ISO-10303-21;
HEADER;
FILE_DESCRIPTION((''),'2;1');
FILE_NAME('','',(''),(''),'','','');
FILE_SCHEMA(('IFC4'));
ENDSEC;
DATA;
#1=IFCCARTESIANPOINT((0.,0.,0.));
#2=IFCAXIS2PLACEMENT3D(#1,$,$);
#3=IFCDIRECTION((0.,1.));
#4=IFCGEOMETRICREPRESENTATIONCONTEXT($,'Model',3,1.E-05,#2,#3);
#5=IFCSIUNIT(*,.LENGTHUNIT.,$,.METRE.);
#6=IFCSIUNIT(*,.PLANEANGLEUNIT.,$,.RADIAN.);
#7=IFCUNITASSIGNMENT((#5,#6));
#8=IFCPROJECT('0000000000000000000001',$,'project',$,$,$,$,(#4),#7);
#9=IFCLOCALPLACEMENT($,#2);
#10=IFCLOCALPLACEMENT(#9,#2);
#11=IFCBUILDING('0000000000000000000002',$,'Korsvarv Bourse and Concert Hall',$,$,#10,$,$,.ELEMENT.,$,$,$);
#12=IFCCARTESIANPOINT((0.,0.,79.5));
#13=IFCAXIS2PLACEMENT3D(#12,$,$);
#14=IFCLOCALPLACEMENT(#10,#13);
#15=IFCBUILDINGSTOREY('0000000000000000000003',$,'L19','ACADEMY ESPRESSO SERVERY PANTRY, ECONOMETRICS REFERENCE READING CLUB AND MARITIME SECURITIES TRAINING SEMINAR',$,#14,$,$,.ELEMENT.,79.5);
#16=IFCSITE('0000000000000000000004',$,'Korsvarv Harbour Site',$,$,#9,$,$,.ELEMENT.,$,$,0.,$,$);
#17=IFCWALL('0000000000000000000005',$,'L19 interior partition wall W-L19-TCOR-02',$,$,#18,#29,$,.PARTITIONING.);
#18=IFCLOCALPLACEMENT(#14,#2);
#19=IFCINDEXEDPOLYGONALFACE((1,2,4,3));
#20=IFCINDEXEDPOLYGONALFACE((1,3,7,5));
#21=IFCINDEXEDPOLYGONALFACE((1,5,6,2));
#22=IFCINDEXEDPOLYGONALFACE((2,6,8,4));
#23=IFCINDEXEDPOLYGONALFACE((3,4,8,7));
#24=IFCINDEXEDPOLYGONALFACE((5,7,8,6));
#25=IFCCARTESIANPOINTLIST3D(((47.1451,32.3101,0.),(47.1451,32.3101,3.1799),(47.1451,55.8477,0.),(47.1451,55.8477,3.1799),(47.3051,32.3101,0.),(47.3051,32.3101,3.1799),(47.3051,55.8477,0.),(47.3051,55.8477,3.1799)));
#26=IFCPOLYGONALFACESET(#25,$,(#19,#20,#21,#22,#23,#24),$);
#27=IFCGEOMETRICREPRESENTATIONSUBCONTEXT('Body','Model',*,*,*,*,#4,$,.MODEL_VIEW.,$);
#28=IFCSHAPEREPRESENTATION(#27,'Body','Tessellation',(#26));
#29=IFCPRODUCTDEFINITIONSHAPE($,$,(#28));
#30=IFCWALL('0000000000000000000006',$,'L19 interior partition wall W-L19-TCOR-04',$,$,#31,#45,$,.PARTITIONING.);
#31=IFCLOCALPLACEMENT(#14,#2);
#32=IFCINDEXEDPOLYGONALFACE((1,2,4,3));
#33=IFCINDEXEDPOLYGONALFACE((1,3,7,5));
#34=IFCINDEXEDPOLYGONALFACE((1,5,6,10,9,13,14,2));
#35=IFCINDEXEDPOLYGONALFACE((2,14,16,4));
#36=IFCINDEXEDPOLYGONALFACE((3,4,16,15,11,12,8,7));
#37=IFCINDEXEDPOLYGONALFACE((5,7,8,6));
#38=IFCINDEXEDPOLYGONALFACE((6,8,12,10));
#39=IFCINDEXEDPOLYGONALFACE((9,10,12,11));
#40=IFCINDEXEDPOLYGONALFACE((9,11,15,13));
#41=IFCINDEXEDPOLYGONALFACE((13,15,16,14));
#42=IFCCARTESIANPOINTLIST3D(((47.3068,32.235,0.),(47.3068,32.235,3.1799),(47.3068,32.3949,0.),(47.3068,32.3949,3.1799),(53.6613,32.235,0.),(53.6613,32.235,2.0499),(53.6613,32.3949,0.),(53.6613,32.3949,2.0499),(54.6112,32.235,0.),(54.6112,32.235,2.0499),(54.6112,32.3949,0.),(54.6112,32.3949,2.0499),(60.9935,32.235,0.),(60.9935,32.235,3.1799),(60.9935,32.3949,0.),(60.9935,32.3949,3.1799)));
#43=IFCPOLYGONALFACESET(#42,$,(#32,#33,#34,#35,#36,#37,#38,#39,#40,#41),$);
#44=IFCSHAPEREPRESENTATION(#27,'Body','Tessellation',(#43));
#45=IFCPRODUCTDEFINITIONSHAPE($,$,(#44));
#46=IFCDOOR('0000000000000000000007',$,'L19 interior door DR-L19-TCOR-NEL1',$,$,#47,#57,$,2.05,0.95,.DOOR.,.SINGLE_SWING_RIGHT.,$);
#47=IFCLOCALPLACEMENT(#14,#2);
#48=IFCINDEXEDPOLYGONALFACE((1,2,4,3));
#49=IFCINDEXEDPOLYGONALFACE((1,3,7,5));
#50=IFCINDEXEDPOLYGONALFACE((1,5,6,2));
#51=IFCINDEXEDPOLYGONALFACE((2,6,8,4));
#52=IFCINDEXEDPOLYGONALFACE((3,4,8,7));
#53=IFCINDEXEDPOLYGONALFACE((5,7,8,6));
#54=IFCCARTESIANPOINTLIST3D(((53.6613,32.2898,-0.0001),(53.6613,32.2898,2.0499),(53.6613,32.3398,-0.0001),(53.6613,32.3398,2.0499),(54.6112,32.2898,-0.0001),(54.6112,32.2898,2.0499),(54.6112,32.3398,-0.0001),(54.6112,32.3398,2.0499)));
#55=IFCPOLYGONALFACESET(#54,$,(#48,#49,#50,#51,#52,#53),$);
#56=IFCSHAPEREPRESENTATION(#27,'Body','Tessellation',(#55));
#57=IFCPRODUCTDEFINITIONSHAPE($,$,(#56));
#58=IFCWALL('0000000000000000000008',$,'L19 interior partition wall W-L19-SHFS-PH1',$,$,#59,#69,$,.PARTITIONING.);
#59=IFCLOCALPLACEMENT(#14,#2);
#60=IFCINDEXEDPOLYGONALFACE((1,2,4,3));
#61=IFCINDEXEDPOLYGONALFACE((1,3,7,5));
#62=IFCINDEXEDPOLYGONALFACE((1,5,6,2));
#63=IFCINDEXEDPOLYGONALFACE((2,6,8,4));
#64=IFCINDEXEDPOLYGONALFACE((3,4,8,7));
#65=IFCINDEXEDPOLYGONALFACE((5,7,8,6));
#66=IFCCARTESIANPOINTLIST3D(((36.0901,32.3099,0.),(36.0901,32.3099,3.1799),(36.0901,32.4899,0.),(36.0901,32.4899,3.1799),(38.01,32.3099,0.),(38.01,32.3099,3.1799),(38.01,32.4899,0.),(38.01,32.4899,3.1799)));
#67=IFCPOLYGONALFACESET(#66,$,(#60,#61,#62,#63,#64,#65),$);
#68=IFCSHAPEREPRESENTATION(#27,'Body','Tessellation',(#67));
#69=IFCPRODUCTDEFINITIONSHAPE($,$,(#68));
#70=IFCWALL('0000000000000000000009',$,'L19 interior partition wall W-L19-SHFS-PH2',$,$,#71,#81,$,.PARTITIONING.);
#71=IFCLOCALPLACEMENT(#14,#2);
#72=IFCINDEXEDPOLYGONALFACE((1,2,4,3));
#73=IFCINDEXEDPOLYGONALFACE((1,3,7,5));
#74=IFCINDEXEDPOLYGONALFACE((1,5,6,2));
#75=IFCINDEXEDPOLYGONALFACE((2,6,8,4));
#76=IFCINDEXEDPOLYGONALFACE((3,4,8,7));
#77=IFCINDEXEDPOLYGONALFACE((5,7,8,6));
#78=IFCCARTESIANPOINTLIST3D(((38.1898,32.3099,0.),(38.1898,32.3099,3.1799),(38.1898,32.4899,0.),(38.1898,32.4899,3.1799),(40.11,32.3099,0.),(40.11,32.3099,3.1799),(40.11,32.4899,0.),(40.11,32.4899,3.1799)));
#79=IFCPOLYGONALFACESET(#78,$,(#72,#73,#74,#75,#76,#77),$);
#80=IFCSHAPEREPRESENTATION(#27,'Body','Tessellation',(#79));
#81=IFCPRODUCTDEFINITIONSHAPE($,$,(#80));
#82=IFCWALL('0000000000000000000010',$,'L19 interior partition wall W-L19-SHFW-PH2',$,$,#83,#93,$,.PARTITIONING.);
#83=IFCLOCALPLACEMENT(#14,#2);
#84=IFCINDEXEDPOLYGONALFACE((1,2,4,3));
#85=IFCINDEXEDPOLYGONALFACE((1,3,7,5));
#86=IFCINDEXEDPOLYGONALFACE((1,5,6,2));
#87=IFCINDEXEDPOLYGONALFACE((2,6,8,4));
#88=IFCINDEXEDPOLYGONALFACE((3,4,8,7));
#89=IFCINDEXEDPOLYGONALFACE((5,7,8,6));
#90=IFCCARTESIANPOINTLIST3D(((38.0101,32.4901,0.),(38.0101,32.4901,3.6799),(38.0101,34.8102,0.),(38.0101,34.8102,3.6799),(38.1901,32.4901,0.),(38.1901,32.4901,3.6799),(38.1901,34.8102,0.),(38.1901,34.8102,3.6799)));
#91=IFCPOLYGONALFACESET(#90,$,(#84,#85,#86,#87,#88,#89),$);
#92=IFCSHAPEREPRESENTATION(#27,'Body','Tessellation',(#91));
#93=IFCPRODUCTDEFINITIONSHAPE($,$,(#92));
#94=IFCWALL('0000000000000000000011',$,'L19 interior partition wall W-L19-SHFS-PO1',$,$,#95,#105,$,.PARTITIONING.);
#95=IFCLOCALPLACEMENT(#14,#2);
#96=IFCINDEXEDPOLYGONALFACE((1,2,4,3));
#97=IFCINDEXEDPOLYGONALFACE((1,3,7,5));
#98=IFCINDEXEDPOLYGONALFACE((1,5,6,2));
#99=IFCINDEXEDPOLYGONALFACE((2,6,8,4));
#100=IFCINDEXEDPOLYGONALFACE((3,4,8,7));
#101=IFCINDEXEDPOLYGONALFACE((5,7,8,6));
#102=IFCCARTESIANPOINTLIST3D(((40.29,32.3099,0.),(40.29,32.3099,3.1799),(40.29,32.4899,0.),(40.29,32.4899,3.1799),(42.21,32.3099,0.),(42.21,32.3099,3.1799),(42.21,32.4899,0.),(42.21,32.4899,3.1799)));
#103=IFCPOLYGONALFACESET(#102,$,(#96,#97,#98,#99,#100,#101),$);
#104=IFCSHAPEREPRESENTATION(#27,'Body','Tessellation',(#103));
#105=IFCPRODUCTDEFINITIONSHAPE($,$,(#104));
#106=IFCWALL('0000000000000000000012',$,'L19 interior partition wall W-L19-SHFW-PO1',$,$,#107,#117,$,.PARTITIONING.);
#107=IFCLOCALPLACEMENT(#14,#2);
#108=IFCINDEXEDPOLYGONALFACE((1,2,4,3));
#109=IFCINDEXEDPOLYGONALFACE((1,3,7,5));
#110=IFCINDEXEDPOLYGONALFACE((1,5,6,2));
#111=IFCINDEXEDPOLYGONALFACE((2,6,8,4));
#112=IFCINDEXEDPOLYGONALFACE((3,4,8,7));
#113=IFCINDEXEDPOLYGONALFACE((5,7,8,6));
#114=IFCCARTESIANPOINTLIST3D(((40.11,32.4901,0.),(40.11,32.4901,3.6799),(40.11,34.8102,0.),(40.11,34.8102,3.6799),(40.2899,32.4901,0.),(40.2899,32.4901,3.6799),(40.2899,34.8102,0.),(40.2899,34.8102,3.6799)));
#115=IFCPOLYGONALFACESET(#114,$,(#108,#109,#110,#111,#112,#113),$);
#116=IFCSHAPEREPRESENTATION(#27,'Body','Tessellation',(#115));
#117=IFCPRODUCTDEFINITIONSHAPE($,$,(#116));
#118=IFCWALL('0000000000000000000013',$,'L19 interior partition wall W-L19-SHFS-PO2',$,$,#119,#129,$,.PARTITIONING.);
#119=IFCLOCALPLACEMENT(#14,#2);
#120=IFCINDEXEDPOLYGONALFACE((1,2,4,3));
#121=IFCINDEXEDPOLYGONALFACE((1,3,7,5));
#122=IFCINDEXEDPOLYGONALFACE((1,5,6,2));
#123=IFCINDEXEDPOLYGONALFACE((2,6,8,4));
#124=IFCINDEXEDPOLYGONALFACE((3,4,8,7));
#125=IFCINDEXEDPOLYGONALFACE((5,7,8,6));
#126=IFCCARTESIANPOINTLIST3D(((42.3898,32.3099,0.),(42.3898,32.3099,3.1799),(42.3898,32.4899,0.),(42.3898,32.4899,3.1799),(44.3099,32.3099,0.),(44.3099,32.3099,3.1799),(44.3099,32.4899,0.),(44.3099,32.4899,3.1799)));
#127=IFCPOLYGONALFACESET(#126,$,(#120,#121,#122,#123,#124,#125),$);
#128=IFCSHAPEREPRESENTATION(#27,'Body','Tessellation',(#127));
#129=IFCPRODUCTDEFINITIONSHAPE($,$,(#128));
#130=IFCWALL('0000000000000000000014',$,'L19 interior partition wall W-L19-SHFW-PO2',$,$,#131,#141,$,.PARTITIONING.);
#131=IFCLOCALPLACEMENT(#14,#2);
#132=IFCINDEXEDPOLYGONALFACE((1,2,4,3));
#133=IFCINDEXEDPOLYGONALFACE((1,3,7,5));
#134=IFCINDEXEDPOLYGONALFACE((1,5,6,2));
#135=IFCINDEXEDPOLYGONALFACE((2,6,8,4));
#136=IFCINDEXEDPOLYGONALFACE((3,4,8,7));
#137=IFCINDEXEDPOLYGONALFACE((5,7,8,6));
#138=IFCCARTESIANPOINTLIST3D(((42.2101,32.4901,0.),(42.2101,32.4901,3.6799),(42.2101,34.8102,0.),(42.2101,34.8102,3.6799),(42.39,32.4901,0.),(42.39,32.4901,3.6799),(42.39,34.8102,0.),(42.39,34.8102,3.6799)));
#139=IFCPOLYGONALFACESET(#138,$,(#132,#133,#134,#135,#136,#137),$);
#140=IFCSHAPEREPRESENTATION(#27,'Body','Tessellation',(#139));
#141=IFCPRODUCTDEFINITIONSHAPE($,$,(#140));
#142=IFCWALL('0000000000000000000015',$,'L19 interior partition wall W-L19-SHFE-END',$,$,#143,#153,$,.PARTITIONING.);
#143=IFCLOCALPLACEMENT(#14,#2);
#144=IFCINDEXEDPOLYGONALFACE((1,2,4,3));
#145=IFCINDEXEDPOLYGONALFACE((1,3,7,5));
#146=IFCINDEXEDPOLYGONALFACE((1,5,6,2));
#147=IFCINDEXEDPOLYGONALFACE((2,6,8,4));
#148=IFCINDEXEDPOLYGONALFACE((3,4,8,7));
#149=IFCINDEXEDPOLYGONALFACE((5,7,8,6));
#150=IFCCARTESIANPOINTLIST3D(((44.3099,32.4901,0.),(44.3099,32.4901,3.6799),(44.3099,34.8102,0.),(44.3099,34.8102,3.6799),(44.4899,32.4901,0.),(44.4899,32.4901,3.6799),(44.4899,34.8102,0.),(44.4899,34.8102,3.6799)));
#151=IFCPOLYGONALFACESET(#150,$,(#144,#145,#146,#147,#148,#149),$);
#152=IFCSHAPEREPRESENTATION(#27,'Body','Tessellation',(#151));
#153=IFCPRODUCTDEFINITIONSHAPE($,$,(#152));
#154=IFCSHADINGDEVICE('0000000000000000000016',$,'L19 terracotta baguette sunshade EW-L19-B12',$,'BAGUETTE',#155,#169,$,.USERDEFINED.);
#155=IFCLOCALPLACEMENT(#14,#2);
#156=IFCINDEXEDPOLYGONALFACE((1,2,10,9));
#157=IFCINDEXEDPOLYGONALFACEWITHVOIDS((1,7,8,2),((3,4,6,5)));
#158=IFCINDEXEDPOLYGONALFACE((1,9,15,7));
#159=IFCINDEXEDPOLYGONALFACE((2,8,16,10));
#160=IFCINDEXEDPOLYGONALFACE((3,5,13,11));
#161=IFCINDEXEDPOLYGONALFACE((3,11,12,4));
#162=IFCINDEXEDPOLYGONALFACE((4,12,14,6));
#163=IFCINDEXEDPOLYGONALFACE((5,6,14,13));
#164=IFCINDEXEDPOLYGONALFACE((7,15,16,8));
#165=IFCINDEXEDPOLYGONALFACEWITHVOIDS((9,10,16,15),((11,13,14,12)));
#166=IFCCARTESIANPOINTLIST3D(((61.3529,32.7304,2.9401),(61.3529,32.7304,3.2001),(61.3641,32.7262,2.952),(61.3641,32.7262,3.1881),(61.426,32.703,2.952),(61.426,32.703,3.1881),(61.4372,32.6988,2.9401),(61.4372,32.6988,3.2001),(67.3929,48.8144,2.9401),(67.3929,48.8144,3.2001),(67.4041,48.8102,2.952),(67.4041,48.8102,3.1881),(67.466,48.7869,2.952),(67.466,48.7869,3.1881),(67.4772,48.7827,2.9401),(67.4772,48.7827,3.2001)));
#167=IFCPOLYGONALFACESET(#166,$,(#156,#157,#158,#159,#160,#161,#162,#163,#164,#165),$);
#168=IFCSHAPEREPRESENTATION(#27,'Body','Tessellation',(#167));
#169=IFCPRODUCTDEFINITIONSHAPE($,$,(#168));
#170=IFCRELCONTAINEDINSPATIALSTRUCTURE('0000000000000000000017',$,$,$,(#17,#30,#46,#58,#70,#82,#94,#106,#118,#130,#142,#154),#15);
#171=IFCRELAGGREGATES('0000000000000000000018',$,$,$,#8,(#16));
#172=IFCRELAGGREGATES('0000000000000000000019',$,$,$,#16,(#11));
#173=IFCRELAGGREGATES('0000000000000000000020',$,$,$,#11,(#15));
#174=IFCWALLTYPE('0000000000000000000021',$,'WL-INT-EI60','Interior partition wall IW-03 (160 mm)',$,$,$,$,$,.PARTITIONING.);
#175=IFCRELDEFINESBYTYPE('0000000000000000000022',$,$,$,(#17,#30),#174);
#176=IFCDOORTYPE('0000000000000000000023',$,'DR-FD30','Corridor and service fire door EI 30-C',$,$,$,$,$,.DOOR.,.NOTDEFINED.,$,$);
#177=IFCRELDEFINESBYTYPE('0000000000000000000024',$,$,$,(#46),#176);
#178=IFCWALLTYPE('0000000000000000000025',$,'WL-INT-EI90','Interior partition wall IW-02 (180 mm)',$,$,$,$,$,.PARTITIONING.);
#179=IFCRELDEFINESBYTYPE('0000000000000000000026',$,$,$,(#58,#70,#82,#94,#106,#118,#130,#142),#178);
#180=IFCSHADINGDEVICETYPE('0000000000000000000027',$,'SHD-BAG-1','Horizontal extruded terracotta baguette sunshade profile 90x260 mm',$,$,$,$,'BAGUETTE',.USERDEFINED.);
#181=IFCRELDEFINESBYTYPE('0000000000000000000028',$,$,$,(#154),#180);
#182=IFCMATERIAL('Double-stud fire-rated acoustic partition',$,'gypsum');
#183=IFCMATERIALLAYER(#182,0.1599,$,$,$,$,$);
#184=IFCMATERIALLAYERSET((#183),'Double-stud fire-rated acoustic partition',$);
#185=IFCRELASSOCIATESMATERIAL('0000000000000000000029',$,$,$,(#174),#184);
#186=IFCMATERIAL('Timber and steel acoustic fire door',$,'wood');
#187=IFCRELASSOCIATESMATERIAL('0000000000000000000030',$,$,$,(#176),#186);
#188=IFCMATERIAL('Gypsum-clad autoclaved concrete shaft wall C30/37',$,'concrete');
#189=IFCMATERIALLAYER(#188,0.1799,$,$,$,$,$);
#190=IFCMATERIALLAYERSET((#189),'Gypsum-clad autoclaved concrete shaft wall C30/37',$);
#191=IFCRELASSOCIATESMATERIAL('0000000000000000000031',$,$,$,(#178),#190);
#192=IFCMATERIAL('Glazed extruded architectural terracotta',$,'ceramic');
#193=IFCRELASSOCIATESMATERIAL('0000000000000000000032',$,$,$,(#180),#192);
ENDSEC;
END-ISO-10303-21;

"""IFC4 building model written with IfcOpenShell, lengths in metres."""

from ifc_helpers import new_model, si_unit, direction, frame, frame_2d, origin, origin_2d, place, context, subcontext, project, spatial, rectangle, hollow_rectangle, extrude, source, transform, mapped, material, layer, layer_set, material_profile, profile_set, type_object, element, fill, save


model = new_model("IFC4")

# Units and contexts
model_context = context("Model", 3, precision=1e-05, world=origin(), true_north=direction((0.0, 1.0)))
body_context = subcontext(model_context, "Body", "Model", "MODEL_VIEW")
ifc_project = project(units=[si_unit("LENGTHUNIT", "METRE"), si_unit("PLANEANGLEUNIT", "RADIAN")], contexts=[model_context])

# Site, building, storey
site_placement = place(None, origin())
site = spatial("IfcSite", under=ifc_project, at=site_placement, Name="Korsvarv Harbour Site", CompositionType="ELEMENT", RefElevation=0.0)
building_placement = place(site_placement, origin())
building = spatial("IfcBuilding", under=site, at=building_placement, Name="Korsvarv Bourse and Concert Hall", CompositionType="ELEMENT")
storey_placement = place(building_placement, frame((0.0, 0.0, 79.5)))
storey = spatial("IfcBuildingStorey", under=building, at=storey_placement, Name="L19", Description="ACADEMY ESPRESSO SERVERY PANTRY, ECONOMETRICS REFERENCE READING CLUB AND MARITIME SECURITIES TRAINING SEMINAR", CompositionType="ELEMENT", Elevation=79.5)

# Wall
ifc_material_1 = material(Name="Double-stud fire-rated acoustic partition", Category="gypsum")
ifc_layer_1 = layer(ifc_material_1, 0.1599)
ifc_layer_set_1 = layer_set([ifc_layer_1], Name="Double-stud fire-rated acoustic partition")
wall_type_1 = type_object("IfcWallType", Name="WL-INT-EI60", Description="Interior partition wall IW-03 (160 mm)", PredefinedType="PARTITIONING", material=ifc_layer_set_1)
wall_1_placement = place(storey_placement, frame((47.2251, 32.3101, 0.0), z_axis=(0.0, 0.0, 1.0), x_axis=(0.0, 1.0, 0.0)))
element("IfcWall", 1, at=wall_1_placement, inside=storey, type_object=wall_type_1, Name="L19 interior partition wall W-L19-TCOR-02", PredefinedType="PARTITIONING", context=body_context, shape_type="SweptSolid", body=[
    extrude(rectangle(XDim=23.5376, YDim=0.1599, at=frame_2d((11.7688, 0.0))), origin(), (0.0, 0.0, 1.0), 3.1799),
])

# Wall, opening, door
wall_2_placement = place(storey_placement, frame((47.3069, 32.3149, 0.0), z_axis=(0.0, 0.0, 1.0), x_axis=(1.0, 0.0, 0.0)))
wall_2 = element("IfcWall", 2, at=wall_2_placement, inside=storey, type_object=wall_type_1, Name="L19 interior partition wall W-L19-TCOR-04", PredefinedType="PARTITIONING", context=body_context, shape_type="SweptSolid", body=[
    extrude(rectangle(XDim=13.6868, YDim=0.1599, at=frame_2d((6.8433, 0.0))), origin(), (0.0, 0.0, 1.0), 3.1799),
])
opening_placement = place(wall_2_placement, frame((6.3542, 0.0, 0.0)))
opening = element("IfcOpeningElement", 3, at=opening_placement, cuts=wall_2, PredefinedType="OPENING", context=body_context, shape_type="SweptSolid", body=[
    extrude(rectangle(XDim=0.95, YDim=2.05, at=frame_2d((0.4751, 1.0249))), frame((0.0, 0.0898, 0.0), z_axis=(0.0, -1.0, 0.0), x_axis=(1.0, 0.0, 0.0)), (0.0, 0.0, 1.0), 0.1799),
])
ifc_material_2 = material(Name="Timber and steel acoustic fire door", Category="wood")
door_type = type_object("IfcDoorType", Name="DR-FD30", Description="Corridor and service fire door EI 30-C", OperationType="NOTDEFINED", PredefinedType="DOOR", material=ifc_material_2)
door_placement = place(opening_placement, origin())
door = element("IfcDoor", 4, at=door_placement, inside=storey, type_object=door_type, Name="L19 interior door DR-L19-TCOR-NEL1", OperationType="SINGLE_SWING_RIGHT", OverallHeight=2.05, OverallWidth=0.95, PredefinedType="DOOR", context=body_context, shape_type="SweptSolid", body=[
    extrude(rectangle(XDim=0.95, YDim=2.05, at=frame_2d((0.4751, 1.0249))), frame((0.0, 0.0249, 0.0), z_axis=(0.0, -1.0, 0.0), x_axis=(1.0, 0.0, 0.0)), (0.0, 0.0, 1.0), 0.05),
])
fill(opening, door)

# Walls
ifc_material_3 = material(Name="Gypsum-clad autoclaved concrete shaft wall C30/37", Category="concrete")
ifc_layer_2 = layer(ifc_material_3, 0.1799)
ifc_layer_set_2 = layer_set([ifc_layer_2], Name="Gypsum-clad autoclaved concrete shaft wall C30/37")
wall_type_2 = type_object("IfcWallType", Name="WL-INT-EI90", Description="Interior partition wall IW-02 (180 mm)", PredefinedType="PARTITIONING", material=ifc_layer_set_2)
wall_3_placement = place(storey_placement, frame((36.0901, 32.3999, 0.0), z_axis=(0.0, 0.0, 1.0), x_axis=(1.0, 0.0, 0.0)))
element("IfcWall", 5, at=wall_3_placement, inside=storey, type_object=wall_type_2, Name="L19 interior partition wall W-L19-SHFS-PH1", PredefinedType="PARTITIONING", context=body_context, shape_type="SweptSolid", body=[
    extrude(rectangle(XDim=1.9199, YDim=0.1799, at=frame_2d((0.96, 0.0))), origin(), (0.0, 0.0, 1.0), 3.1799),
])
wall_4_placement = place(storey_placement, frame((38.1899, 32.3999, 0.0), z_axis=(0.0, 0.0, 1.0), x_axis=(1.0, 0.0, 0.0)))
element("IfcWall", 6, at=wall_4_placement, inside=storey, type_object=wall_type_2, Name="L19 interior partition wall W-L19-SHFS-PH2", PredefinedType="PARTITIONING", context=body_context, shape_type="SweptSolid", body=[
    extrude(rectangle(XDim=1.9202, YDim=0.1799, at=frame_2d((0.96, 0.0))), origin(), (0.0, 0.0, 1.0), 3.1799),
])
wall_5_placement = place(storey_placement, frame((38.1001, 32.49, 0.0), z_axis=(0.0, 0.0, 1.0), x_axis=(0.0, 1.0, 0.0)))
element("IfcWall", 7, at=wall_5_placement, inside=storey, type_object=wall_type_2, Name="L19 interior partition wall W-L19-SHFW-PH2", PredefinedType="PARTITIONING", context=body_context, shape_type="SweptSolid", body=[
    extrude(rectangle(XDim=2.3201, YDim=0.1799, at=frame_2d((1.1602, 0.0))), origin(), (0.0, 0.0, 1.0), 3.6799),
])
wall_6_placement = place(storey_placement, frame((40.29, 32.3999, 0.0), z_axis=(0.0, 0.0, 1.0), x_axis=(1.0, 0.0, 0.0)))
element("IfcWall", 8, at=wall_6_placement, inside=storey, type_object=wall_type_2, Name="L19 interior partition wall W-L19-SHFS-PO1", PredefinedType="PARTITIONING", context=body_context, shape_type="SweptSolid", body=[
    extrude(rectangle(XDim=1.9199, YDim=0.1799, at=frame_2d((0.96, 0.0))), origin(), (0.0, 0.0, 1.0), 3.1799),
])
wall_7_placement = place(storey_placement, frame((40.2, 32.49, 0.0), z_axis=(0.0, 0.0, 1.0), x_axis=(0.0, 1.0, 0.0)))
element("IfcWall", 9, at=wall_7_placement, inside=storey, type_object=wall_type_2, Name="L19 interior partition wall W-L19-SHFW-PO1", PredefinedType="PARTITIONING", context=body_context, shape_type="SweptSolid", body=[
    extrude(rectangle(XDim=2.3201, YDim=0.1799, at=frame_2d((1.1602, 0.0))), origin(), (0.0, 0.0, 1.0), 3.6799),
])
wall_8_placement = place(storey_placement, frame((42.3899, 32.3999, 0.0), z_axis=(0.0, 0.0, 1.0), x_axis=(1.0, 0.0, 0.0)))
element("IfcWall", 10, at=wall_8_placement, inside=storey, type_object=wall_type_2, Name="L19 interior partition wall W-L19-SHFS-PO2", PredefinedType="PARTITIONING", context=body_context, shape_type="SweptSolid", body=[
    extrude(rectangle(XDim=1.9202, YDim=0.1799, at=frame_2d((0.96, 0.0))), origin(), (0.0, 0.0, 1.0), 3.1799),
])
for number, where, z_axis, x_axis, name in (
    (11, (42.3, 32.49, 0.0), (0.0, 0.0, 1.0), (0.0, 1.0, 0.0), "L19 interior partition wall W-L19-SHFW-PO2"),
    (12, (44.3999, 32.49, 0.0), (0.0, 0.0, 1.0), (0.0, 1.0, 0.0), "L19 interior partition wall W-L19-SHFE-END"),
):
    element("IfcWall", number, at=place(storey_placement, frame(where, z_axis=z_axis, x_axis=x_axis)), inside=storey, type_object=wall_type_2, Name=name, PredefinedType="PARTITIONING", context=body_context, shape_type="SweptSolid", body=[
        extrude(rectangle(XDim=2.3201, YDim=0.1799, at=frame_2d((1.1602, 0.0))), origin(), (0.0, 0.0, 1.0), 3.6799),
    ])

# Shading device
ifc_material_4 = material(Name="Glazed extruded architectural terracotta", Category="ceramic")
ifc_material_profile_1 = material_profile(ifc_material_4, hollow_rectangle(XDim=0.0901, YDim=0.26, WallThickness=0.012, at=origin_2d()), Name="TC-BAG 90x260")
ifc_profile_set_1 = profile_set([ifc_material_profile_1], Name="Glazed extruded architectural terracotta")
shading_device_type = type_object("IfcShadingDeviceType", Name="SHD-BAG-1", Description="Horizontal extruded terracotta baguette sunshade profile 90x260 mm", ElementType="BAGUETTE", PredefinedType="USERDEFINED", material=ifc_profile_set_1)
shared_shape_1 = source(origin(), body_context, "Body", "SweptSolid", [
    extrude(hollow_rectangle(XDim=0.0901, YDim=0.26, WallThickness=0.012, at=origin_2d()), origin(), (0.0, 0.0, 1.0), 17.1807),
])
shading_device_placement = place(storey_placement, frame((61.395, 32.7146, 3.0701), z_axis=(0.351559, 0.936166, 0.0), x_axis=(-0.936166, 0.351559, 0.0)))
element("IfcShadingDevice", 13, at=shading_device_placement, inside=storey, type_object=shading_device_type, Name="L19 terracotta baguette sunshade EW-L19-B12", ObjectType="BAGUETTE", PredefinedType="USERDEFINED", context=body_context, shape_type="MappedRepresentation", body=[
    mapped(shared_shape_1, transform((0.0, 0.0, 0.0), scale=1.0)),
])

save(model, "model.ifc")
